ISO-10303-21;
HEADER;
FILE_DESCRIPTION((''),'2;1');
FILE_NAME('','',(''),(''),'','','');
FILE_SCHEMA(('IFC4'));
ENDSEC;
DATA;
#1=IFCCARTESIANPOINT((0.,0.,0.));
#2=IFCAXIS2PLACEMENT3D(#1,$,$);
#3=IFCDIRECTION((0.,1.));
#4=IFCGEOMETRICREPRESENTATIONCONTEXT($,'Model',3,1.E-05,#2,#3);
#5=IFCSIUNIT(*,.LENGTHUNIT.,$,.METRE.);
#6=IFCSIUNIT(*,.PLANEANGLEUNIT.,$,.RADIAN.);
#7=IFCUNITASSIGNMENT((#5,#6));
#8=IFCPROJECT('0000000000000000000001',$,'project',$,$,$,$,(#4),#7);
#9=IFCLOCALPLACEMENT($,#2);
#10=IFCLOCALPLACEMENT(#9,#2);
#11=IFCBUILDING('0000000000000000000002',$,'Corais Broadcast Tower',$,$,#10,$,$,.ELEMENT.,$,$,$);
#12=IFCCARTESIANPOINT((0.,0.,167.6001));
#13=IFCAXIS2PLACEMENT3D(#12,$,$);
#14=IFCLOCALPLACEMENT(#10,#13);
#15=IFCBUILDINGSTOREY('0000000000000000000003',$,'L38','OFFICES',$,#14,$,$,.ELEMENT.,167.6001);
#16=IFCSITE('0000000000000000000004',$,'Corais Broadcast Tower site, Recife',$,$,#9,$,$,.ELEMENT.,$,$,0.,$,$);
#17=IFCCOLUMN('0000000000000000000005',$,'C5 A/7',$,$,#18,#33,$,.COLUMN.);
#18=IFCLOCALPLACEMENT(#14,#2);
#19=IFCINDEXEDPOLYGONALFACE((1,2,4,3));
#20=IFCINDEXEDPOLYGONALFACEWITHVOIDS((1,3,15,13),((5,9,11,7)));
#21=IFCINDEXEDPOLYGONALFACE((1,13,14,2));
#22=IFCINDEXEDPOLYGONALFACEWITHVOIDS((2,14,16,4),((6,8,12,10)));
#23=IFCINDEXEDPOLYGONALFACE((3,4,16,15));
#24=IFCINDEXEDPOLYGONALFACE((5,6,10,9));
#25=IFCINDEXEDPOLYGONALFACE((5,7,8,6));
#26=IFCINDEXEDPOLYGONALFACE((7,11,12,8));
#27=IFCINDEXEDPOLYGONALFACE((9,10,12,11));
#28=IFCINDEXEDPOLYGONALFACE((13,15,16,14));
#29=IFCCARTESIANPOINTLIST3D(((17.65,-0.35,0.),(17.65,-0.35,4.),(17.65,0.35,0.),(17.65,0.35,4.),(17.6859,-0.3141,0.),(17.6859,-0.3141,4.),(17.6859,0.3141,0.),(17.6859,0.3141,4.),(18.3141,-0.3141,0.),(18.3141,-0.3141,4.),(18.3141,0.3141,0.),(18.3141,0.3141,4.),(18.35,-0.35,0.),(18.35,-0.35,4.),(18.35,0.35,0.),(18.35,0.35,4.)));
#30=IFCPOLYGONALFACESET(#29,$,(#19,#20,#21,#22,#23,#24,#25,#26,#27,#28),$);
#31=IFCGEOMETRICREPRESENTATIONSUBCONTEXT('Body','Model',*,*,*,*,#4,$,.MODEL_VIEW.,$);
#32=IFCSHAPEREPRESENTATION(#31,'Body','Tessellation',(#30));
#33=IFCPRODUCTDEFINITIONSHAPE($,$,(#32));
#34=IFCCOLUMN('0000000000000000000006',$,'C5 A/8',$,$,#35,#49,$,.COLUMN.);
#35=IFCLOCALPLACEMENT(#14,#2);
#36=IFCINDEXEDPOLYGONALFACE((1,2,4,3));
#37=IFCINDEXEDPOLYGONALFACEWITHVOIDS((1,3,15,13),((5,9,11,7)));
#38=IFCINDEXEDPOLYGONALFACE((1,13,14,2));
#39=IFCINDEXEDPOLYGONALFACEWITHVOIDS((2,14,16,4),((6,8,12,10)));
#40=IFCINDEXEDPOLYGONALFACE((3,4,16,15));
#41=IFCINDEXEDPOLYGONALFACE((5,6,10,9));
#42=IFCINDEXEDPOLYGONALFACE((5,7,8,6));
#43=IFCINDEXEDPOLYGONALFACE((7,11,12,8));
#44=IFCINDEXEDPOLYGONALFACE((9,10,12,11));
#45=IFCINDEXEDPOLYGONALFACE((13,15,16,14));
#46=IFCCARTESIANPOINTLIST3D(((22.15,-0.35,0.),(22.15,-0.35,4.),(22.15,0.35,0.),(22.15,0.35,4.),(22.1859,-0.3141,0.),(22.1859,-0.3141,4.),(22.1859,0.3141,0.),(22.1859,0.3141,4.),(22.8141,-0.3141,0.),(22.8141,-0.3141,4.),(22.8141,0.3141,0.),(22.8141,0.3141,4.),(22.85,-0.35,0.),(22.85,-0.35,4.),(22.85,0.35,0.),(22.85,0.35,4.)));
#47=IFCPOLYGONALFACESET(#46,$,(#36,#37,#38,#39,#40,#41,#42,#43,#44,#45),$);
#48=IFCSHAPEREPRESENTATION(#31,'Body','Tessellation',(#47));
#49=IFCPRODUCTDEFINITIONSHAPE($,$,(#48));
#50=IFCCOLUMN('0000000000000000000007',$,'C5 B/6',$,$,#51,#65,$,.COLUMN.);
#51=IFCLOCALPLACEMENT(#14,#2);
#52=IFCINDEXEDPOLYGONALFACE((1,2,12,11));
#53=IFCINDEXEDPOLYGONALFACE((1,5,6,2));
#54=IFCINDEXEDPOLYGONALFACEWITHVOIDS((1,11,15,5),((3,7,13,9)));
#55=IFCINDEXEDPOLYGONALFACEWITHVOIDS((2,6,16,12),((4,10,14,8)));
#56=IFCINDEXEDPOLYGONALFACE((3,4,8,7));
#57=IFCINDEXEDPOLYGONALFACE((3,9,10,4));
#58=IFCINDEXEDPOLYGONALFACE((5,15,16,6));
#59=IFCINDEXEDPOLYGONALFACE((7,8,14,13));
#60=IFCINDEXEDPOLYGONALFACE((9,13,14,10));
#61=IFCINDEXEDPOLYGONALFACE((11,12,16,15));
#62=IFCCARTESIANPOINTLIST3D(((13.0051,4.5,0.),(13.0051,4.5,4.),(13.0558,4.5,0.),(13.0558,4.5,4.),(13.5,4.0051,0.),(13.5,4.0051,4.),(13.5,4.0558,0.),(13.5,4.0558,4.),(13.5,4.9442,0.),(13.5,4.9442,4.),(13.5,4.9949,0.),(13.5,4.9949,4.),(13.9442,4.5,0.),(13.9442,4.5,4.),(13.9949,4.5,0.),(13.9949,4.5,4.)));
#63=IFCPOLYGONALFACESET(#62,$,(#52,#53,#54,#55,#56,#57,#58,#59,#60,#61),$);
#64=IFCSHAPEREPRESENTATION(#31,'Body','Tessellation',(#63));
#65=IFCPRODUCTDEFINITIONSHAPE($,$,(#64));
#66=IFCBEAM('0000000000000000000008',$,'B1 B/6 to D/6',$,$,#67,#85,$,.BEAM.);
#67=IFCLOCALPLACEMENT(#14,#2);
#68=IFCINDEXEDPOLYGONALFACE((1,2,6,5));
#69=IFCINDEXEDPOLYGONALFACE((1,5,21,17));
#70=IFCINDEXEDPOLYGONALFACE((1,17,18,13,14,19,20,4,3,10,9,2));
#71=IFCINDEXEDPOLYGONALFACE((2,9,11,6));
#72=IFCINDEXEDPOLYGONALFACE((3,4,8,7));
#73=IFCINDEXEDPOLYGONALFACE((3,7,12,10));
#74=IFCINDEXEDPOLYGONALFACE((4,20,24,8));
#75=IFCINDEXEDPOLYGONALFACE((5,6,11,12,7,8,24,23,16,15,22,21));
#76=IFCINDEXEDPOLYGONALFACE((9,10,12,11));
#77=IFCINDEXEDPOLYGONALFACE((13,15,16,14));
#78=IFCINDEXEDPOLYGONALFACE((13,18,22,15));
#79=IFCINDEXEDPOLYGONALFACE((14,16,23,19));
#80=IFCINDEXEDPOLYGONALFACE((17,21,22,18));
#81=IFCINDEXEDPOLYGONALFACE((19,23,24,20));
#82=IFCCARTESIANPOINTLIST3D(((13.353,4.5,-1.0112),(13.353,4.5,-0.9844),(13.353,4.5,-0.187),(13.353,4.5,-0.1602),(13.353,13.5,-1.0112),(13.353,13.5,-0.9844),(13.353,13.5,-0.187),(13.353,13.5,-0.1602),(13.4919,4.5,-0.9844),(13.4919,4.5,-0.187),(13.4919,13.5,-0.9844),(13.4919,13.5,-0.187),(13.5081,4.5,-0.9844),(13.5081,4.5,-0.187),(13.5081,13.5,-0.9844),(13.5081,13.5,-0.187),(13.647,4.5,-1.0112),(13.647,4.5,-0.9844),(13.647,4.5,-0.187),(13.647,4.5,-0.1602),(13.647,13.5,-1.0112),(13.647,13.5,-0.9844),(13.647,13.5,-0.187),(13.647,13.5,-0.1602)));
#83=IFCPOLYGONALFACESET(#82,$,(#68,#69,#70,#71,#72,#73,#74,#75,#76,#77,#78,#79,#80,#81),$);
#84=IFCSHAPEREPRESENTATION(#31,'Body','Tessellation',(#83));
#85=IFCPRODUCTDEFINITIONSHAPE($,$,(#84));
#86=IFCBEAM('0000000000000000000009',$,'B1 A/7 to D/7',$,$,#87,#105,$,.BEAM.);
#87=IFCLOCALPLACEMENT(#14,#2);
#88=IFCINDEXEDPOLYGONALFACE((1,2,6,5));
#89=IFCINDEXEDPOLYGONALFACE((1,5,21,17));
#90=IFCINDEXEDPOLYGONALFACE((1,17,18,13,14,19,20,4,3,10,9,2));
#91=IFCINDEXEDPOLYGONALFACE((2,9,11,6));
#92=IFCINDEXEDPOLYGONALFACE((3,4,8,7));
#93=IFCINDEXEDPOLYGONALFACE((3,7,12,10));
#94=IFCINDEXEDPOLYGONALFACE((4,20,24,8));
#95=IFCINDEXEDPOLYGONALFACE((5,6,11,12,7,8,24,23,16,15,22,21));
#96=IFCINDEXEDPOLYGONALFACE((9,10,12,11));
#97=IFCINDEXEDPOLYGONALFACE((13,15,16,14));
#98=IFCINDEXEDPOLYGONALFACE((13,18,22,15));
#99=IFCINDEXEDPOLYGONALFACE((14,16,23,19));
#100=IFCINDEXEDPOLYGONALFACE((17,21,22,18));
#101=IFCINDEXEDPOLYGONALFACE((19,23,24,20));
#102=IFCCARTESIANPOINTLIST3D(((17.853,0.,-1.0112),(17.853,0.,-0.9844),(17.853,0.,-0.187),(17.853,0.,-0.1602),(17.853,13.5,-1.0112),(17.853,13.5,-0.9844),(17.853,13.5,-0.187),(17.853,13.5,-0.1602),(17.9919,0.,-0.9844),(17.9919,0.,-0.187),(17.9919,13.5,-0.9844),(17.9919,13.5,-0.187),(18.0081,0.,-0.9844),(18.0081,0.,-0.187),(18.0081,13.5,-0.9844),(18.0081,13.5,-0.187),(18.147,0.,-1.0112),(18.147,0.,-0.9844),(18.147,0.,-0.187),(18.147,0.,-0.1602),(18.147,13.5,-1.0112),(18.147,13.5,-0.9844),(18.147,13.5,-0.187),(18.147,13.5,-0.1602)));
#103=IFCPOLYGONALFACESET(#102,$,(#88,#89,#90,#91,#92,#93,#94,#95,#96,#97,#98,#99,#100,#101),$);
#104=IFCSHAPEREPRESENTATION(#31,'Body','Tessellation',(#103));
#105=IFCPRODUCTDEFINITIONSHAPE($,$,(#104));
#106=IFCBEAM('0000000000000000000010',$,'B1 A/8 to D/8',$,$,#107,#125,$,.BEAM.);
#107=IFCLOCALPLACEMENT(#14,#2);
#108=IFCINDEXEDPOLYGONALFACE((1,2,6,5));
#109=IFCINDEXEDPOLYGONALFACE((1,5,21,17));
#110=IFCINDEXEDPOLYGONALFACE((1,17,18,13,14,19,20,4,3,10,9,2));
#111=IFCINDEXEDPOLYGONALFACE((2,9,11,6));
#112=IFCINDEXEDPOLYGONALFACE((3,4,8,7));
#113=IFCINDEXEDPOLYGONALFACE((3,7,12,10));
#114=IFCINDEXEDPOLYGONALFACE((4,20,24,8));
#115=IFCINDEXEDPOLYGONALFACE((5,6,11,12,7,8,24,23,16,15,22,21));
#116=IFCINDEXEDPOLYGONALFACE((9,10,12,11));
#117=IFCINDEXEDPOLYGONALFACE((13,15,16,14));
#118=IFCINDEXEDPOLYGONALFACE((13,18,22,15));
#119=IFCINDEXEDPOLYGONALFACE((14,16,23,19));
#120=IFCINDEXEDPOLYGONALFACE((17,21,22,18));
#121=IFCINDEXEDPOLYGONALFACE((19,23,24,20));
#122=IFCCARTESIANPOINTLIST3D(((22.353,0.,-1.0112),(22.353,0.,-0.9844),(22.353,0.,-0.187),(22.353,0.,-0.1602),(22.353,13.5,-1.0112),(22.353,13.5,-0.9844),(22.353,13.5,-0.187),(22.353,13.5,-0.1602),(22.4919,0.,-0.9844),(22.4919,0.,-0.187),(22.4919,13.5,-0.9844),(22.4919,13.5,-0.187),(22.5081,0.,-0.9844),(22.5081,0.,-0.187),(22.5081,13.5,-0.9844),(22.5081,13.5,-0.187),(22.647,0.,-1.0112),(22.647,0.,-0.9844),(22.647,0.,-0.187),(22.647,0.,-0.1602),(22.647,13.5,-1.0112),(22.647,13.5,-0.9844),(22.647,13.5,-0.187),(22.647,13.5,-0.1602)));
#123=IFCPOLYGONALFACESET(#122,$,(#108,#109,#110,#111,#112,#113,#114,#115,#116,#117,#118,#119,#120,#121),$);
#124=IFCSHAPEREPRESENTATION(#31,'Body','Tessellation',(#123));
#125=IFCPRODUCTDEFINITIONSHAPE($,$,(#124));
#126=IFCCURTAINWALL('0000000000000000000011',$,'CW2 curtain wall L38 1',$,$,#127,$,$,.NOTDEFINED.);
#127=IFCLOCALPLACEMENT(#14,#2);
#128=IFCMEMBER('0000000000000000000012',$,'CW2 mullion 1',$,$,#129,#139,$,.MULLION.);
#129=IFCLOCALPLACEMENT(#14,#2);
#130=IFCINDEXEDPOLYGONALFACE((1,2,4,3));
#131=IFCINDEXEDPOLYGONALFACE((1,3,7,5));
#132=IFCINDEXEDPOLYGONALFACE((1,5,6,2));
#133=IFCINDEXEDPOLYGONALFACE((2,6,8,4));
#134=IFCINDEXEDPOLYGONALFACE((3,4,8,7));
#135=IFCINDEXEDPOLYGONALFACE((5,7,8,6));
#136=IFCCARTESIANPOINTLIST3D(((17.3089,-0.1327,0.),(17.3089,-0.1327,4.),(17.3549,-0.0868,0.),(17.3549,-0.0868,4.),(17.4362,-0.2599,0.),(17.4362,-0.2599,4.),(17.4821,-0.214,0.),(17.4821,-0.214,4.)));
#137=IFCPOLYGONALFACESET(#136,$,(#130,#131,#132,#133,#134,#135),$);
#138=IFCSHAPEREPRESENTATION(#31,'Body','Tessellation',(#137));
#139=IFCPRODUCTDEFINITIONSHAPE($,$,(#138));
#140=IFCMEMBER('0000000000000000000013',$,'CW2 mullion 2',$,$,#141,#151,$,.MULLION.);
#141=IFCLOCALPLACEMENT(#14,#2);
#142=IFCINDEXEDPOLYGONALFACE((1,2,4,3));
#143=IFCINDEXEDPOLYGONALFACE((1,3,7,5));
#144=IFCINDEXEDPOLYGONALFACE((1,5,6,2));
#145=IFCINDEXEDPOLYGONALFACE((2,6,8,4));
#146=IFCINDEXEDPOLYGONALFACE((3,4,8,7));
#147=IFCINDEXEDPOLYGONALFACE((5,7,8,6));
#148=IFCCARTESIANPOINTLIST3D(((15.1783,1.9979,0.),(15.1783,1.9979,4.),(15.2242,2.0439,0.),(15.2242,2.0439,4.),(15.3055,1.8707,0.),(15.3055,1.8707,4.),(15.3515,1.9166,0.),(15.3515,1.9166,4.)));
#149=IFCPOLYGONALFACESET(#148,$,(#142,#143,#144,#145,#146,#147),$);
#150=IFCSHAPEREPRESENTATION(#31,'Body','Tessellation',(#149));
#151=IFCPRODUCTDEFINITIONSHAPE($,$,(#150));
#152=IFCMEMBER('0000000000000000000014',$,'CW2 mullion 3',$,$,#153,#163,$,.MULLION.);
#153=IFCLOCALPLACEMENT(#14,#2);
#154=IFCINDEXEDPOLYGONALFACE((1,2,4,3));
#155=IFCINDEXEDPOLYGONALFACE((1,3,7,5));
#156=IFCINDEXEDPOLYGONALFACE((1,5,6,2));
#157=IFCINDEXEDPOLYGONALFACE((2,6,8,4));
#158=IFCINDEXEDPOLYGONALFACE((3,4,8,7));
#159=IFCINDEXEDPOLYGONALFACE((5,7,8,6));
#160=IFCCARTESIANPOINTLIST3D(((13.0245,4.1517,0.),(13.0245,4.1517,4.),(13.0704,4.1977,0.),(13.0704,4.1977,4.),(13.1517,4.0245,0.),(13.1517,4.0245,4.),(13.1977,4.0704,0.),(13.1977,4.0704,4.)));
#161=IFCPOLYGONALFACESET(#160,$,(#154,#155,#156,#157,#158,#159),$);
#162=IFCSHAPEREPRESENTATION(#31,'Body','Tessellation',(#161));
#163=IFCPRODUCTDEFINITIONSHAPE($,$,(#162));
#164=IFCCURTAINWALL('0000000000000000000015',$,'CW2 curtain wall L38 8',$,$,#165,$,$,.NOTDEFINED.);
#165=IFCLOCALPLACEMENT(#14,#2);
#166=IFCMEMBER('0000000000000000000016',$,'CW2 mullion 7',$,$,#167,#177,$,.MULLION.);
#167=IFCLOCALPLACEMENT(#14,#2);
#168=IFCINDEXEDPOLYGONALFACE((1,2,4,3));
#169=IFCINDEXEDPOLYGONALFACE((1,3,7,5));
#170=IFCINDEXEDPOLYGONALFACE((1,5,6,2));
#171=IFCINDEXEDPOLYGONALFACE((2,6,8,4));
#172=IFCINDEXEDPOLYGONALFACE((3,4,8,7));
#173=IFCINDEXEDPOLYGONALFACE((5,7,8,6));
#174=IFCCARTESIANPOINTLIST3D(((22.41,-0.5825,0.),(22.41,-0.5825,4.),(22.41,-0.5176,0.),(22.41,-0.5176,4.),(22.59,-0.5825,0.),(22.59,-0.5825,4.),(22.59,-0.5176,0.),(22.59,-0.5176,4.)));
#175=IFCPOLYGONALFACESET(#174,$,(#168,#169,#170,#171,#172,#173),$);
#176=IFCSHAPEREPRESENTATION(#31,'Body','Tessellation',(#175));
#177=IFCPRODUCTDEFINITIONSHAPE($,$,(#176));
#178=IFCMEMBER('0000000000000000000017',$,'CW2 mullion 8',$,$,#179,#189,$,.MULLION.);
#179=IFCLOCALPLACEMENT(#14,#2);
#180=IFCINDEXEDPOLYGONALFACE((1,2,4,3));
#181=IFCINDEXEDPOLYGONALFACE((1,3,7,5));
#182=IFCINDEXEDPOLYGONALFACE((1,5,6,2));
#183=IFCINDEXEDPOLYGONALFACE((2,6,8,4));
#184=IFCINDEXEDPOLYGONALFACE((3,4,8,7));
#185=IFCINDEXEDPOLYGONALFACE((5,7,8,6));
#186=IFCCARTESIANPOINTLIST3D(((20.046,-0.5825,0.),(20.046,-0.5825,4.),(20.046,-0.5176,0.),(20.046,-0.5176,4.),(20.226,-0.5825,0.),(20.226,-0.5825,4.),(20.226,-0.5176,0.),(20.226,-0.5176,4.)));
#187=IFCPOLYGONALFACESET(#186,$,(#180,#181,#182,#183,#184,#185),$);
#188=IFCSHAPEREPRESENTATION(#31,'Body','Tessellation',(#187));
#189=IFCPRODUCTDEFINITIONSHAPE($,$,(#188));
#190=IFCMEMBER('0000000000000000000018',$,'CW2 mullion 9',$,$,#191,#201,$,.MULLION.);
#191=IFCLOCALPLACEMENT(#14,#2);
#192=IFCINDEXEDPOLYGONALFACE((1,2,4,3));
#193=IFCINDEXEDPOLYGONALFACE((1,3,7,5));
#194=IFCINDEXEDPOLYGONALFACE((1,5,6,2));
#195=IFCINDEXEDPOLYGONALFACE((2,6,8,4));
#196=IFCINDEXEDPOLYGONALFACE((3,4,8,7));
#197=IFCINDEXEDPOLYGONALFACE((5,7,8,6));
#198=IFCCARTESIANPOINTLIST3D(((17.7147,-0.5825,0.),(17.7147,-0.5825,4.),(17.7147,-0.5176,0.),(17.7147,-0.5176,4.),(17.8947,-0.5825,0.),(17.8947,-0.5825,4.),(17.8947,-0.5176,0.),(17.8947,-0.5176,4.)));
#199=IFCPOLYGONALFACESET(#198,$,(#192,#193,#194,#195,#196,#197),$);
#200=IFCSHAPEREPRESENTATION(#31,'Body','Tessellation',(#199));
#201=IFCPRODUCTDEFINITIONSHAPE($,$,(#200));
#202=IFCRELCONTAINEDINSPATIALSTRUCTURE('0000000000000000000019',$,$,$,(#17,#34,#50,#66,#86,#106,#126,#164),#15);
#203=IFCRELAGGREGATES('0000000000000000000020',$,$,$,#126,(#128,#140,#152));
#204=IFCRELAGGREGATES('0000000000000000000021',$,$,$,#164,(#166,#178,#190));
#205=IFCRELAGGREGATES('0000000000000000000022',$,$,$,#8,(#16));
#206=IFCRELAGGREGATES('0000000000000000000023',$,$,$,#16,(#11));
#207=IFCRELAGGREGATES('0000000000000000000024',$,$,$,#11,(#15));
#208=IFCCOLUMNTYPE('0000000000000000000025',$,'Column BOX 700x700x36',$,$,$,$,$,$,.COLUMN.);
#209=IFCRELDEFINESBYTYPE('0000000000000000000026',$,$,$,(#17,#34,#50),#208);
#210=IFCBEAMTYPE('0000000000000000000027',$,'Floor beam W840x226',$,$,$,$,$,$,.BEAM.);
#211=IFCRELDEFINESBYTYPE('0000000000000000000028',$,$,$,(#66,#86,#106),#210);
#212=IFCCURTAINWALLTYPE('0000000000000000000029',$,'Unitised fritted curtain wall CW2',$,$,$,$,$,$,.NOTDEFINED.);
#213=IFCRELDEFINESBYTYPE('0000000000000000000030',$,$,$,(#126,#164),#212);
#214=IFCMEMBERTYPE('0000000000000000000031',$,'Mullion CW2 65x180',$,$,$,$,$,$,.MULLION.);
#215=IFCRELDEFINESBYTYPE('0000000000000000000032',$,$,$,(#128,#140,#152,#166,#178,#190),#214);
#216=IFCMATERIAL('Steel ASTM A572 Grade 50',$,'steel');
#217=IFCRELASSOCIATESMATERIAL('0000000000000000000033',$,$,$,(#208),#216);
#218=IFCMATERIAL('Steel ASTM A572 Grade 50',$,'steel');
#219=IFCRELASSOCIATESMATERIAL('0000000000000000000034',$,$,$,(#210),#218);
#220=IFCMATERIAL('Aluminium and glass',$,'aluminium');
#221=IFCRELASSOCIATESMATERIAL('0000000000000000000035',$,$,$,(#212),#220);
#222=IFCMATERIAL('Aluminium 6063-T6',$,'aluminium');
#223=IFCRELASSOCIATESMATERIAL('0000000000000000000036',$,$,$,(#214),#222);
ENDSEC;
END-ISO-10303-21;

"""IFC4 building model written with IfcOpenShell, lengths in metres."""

from ifc_helpers import new_model, si_unit, direction, frame, origin, origin_2d, place, context, subcontext, project, spatial, rectangle, hollow_rectangle, i_section, extrude, material, material_profile, profile_set, type_object, element, aggregate, save


model = new_model("IFC4")

# Units and contexts
model_context = context("Model", 3, precision=1e-05, world=origin(), true_north=direction((0.0, 1.0)))
body_context = subcontext(model_context, "Body", "Model", "MODEL_VIEW")
ifc_project = project(units=[si_unit("LENGTHUNIT", "METRE"), si_unit("PLANEANGLEUNIT", "RADIAN")], contexts=[model_context])

# Site, building, storey
site_placement = place(None, origin())
site = spatial("IfcSite", under=ifc_project, at=site_placement, Name="Corais Broadcast Tower site, Recife", CompositionType="ELEMENT", RefElevation=0.0)
building_placement = place(site_placement, origin())
building = spatial("IfcBuilding", under=site, at=building_placement, Name="Corais Broadcast Tower", CompositionType="ELEMENT")
storey_placement = place(building_placement, frame((0.0, 0.0, 167.6001)))
storey = spatial("IfcBuildingStorey", under=building, at=storey_placement, Name="L38", Description="OFFICES", CompositionType="ELEMENT", Elevation=167.6001)

# Columns
ifc_material_1 = material(Name="Steel ASTM A572 Grade 50", Category="steel")
ifc_material_profile_1 = material_profile(ifc_material_1, hollow_rectangle(XDim=0.7, YDim=0.7, WallThickness=0.0359, at=origin_2d()), Name="BOX 700x700x36")
ifc_profile_set_1 = profile_set([ifc_material_profile_1], Name="Steel ASTM A572 Grade 50")
column_type = type_object("IfcColumnType", Name="Column BOX 700x700x36", PredefinedType="COLUMN", material=ifc_profile_set_1)
for number, where, z_axis, x_axis, name in (
    (1, (18.0, 0.0, 0.0), (0.0, 0.0, 1.0), (1.0, 0.0, 0.0), "C5 A/7"),
    (2, (22.5, 0.0, 0.0), (0.0, 0.0, 1.0), (1.0, 0.0, 0.0), "C5 A/8"),
    (3, (13.5, 4.5, 0.0), (0.0, 0.0, 1.0), (0.707107, 0.707107, 0.0), "C5 B/6"),
):
    element("IfcColumn", number, at=place(storey_placement, frame(where, z_axis=z_axis, x_axis=x_axis)), inside=storey, type_object=column_type, Name=name, PredefinedType="COLUMN", context=body_context, shape_type="SweptSolid", body=[
        extrude(hollow_rectangle(XDim=0.7, YDim=0.7, WallThickness=0.0359, at=origin_2d()), origin(), (0.0, 0.0, 1.0), 4.0),
    ])

# Beams
ifc_material_2 = material(Name="Steel ASTM A572 Grade 50", Category="steel")
ifc_material_profile_2 = material_profile(ifc_material_2, i_section(OverallWidth=0.2939, OverallDepth=0.8511, WebThickness=0.0161, FlangeThickness=0.0269, at=origin_2d()), Name="W840x226")
ifc_profile_set_2 = profile_set([ifc_material_profile_2], Name="Steel ASTM A572 Grade 50")
beam_type_1 = type_object("IfcBeamType", Name="Floor beam W840x226", PredefinedType="BEAM", material=ifc_profile_set_2)
beam_1_placement = place(storey_placement, frame((13.5, 4.5, -0.5857), z_axis=(0.0, 1.0, 0.0), x_axis=(-1.0, 0.0, 0.0)))
element("IfcBeam", 4, at=beam_1_placement, inside=storey, type_object=beam_type_1, Name="B1 B/6 to D/6", PredefinedType="BEAM", context=body_context, shape_type="SweptSolid", body=[
    extrude(i_section(OverallWidth=0.2939, OverallDepth=0.8511, WebThickness=0.0161, FlangeThickness=0.0269, at=origin_2d()), origin(), (0.0, 0.0, 1.0), 9.0),
])
for number, where, z_axis, x_axis, name in (
    (5, (18.0, 0.0, -0.5857), (0.0, 1.0, 0.0), (-1.0, 0.0, 0.0), "B1 A/7 to D/7"),
    (6, (22.5, 0.0, -0.5857), (0.0, 1.0, 0.0), (-1.0, 0.0, 0.0), "B1 A/8 to D/8"),
):
    element("IfcBeam", number, at=place(storey_placement, frame(where, z_axis=z_axis, x_axis=x_axis)), inside=storey, type_object=beam_type_1, Name=name, PredefinedType="BEAM", context=body_context, shape_type="SweptSolid", body=[
        extrude(i_section(OverallWidth=0.2939, OverallDepth=0.8511, WebThickness=0.0161, FlangeThickness=0.0269, at=origin_2d()), origin(), (0.0, 0.0, 1.0), 13.5),
    ])

# Curtain walls, members
ifc_material_3 = material(Name="Aluminium and glass", Category="aluminium")
curtain_wall_type = type_object("IfcCurtainWallType", Name="Unitised fritted curtain wall CW2", PredefinedType="NOTDEFINED", material=ifc_material_3)
curtain_wall_1_placement = place(storey_placement, origin())
curtain_wall_1 = element("IfcCurtainWall", 7, at=curtain_wall_1_placement, inside=storey, type_object=curtain_wall_type, Name="CW2 curtain wall L38 1", PredefinedType="NOTDEFINED")
ifc_material_4 = material(Name="Aluminium 6063-T6", Category="aluminium")
ifc_material_profile_3 = material_profile(ifc_material_4, rectangle(XDim=0.0649, YDim=0.1799, at=origin_2d()), Name="Mullion CW2 65x180")
ifc_profile_set_3 = profile_set([ifc_material_profile_3], Name="Aluminium 6063-T6")
member_type_1 = type_object("IfcMemberType", Name="Mullion CW2 65x180", PredefinedType="MULLION", material=ifc_profile_set_3)
member_1_placement = place(storey_placement, frame((17.3955, -0.1733, 0.0), z_axis=(0.0, 0.0, 1.0), x_axis=(-0.707107, -0.707107, 0.0)))
member_1 = element("IfcMember", 8, at=member_1_placement, type_object=member_type_1, Name="CW2 mullion 1", PredefinedType="MULLION", context=body_context, shape_type="SweptSolid", body=[
    extrude(rectangle(XDim=0.0649, YDim=0.1799, at=origin_2d()), origin(), (0.0, 0.0, 1.0), 4.0),
])
member_2_placement = place(storey_placement, frame((15.2649, 1.9573, 0.0), z_axis=(0.0, 0.0, 1.0), x_axis=(-0.707107, -0.707107, 0.0)))
member_2 = element("IfcMember", 9, at=member_2_placement, type_object=member_type_1, Name="CW2 mullion 2", PredefinedType="MULLION", context=body_context, shape_type="SweptSolid", body=[
    extrude(rectangle(XDim=0.0649, YDim=0.1799, at=origin_2d()), origin(), (0.0, 0.0, 1.0), 4.0),
])
member_3_placement = place(storey_placement, frame((13.1111, 4.1111, 0.0), z_axis=(0.0, 0.0, 1.0), x_axis=(-0.707107, -0.707107, 0.0)))
member_3 = element("IfcMember", 10, at=member_3_placement, type_object=member_type_1, Name="CW2 mullion 3", PredefinedType="MULLION", context=body_context, shape_type="SweptSolid", body=[
    extrude(rectangle(XDim=0.0649, YDim=0.1799, at=origin_2d()), origin(), (0.0, 0.0, 1.0), 4.0),
])
curtain_wall_2_placement = place(storey_placement, origin())
curtain_wall_2 = element("IfcCurtainWall", 11, at=curtain_wall_2_placement, inside=storey, type_object=curtain_wall_type, Name="CW2 curtain wall L38 8", PredefinedType="NOTDEFINED")
member_4_placement = place(storey_placement, frame((22.5, -0.55, 0.0), z_axis=(0.0, 0.0, 1.0), x_axis=(0.0, -1.0, 0.0)))
member_4 = element("IfcMember", 12, at=member_4_placement, type_object=member_type_1, Name="CW2 mullion 7", PredefinedType="MULLION", context=body_context, shape_type="SweptSolid", body=[
    extrude(rectangle(XDim=0.0649, YDim=0.1799, at=origin_2d()), origin(), (0.0, 0.0, 1.0), 4.0),
])
member_5_placement = place(storey_placement, frame((20.136, -0.55, 0.0), z_axis=(0.0, 0.0, 1.0), x_axis=(0.0, -1.0, 0.0)))
member_5 = element("IfcMember", 13, at=member_5_placement, type_object=member_type_1, Name="CW2 mullion 8", PredefinedType="MULLION", context=body_context, shape_type="SweptSolid", body=[
    extrude(rectangle(XDim=0.0649, YDim=0.1799, at=origin_2d()), origin(), (0.0, 0.0, 1.0), 4.0),
])
member_6_placement = place(storey_placement, frame((17.8047, -0.55, 0.0), z_axis=(0.0, 0.0, 1.0), x_axis=(0.0, -1.0, 0.0)))
member_6 = element("IfcMember", 14, at=member_6_placement, type_object=member_type_1, Name="CW2 mullion 9", PredefinedType="MULLION", context=body_context, shape_type="SweptSolid", body=[
    extrude(rectangle(XDim=0.0649, YDim=0.1799, at=origin_2d()), origin(), (0.0, 0.0, 1.0), 4.0),
])

aggregate(curtain_wall_1, [member_1, member_2, member_3])
aggregate(curtain_wall_2, [member_4, member_5, member_6])

save(model, "model.ifc")
